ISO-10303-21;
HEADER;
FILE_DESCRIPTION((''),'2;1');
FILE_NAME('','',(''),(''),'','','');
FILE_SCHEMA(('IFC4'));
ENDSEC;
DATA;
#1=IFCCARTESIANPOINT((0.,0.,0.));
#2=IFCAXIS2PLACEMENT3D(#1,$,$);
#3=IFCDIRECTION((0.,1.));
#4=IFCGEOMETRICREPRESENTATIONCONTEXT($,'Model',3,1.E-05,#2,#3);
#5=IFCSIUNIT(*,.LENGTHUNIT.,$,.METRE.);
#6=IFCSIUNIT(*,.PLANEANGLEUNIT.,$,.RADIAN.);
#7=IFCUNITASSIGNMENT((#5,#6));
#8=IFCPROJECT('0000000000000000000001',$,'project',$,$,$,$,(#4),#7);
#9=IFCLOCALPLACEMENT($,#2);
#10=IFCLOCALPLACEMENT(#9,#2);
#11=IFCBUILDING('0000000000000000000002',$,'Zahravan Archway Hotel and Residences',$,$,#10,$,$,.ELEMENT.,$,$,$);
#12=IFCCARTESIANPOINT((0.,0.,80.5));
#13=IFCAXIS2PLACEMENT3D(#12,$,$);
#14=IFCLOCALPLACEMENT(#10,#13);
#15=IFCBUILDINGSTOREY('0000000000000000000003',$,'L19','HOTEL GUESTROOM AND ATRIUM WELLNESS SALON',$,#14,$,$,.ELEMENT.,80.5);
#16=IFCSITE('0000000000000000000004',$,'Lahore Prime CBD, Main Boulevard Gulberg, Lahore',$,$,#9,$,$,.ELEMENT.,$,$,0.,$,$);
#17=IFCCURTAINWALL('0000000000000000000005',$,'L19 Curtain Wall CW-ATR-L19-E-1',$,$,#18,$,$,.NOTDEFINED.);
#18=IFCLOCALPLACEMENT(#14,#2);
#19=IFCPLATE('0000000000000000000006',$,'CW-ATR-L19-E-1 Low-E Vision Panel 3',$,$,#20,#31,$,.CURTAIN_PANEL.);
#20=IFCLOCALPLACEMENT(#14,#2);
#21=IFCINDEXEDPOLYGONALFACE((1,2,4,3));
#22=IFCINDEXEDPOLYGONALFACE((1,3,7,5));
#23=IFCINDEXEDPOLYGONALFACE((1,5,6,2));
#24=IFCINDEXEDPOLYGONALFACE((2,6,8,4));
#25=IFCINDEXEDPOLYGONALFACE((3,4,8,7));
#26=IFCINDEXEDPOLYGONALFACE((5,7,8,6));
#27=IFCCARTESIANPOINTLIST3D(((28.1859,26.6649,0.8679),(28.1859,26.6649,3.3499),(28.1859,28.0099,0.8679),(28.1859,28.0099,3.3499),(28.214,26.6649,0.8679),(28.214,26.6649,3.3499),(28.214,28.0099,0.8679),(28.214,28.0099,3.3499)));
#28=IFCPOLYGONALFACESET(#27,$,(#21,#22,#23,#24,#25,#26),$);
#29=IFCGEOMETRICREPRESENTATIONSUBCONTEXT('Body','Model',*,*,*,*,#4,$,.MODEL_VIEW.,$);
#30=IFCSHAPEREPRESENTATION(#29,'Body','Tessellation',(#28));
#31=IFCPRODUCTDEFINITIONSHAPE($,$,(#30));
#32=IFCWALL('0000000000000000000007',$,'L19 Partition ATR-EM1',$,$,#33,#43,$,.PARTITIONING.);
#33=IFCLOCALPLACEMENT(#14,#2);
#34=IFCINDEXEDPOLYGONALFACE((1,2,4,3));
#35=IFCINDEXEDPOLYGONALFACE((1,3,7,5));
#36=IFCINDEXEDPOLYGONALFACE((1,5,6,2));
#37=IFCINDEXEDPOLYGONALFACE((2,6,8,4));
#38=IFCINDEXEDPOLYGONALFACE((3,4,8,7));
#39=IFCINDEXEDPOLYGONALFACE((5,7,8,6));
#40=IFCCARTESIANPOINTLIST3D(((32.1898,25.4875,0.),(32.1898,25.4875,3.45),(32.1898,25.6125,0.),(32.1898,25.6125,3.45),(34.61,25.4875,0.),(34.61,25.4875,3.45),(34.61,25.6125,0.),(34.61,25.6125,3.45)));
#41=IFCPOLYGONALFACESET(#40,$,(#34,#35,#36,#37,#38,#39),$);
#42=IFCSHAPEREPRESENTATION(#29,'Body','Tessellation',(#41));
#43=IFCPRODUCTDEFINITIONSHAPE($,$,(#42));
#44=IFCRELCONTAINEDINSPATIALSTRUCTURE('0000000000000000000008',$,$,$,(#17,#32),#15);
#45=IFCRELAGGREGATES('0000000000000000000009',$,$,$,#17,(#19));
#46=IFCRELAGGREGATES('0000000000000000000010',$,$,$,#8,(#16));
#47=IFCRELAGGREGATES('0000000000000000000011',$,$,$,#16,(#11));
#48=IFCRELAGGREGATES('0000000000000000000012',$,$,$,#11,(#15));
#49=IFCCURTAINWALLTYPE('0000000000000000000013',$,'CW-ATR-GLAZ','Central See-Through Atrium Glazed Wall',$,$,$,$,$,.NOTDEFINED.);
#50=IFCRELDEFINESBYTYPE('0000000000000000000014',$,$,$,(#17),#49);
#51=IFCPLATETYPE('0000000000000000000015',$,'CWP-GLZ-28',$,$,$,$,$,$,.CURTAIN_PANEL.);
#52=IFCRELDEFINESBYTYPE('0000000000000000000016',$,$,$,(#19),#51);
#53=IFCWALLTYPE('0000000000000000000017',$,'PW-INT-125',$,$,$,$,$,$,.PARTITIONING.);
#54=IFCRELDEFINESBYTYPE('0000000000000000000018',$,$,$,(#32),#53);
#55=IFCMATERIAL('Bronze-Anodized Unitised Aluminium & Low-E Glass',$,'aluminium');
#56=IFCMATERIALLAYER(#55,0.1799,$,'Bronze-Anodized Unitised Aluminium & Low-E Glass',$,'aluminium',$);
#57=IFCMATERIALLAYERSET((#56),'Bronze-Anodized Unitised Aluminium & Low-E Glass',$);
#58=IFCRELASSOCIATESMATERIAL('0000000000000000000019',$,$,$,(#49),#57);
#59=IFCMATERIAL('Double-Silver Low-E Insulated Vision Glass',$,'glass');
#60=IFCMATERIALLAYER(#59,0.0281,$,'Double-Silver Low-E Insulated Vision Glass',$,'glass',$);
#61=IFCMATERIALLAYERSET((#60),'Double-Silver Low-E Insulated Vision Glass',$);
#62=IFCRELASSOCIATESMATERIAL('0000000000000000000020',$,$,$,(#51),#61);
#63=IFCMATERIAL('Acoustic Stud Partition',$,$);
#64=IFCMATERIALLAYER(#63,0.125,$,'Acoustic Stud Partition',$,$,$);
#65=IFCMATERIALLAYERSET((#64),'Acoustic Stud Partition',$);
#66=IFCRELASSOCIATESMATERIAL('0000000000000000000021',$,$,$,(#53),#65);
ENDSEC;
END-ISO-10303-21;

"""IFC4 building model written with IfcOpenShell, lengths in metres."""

from ifc_helpers import new_model, si_unit, direction, frame, frame_2d, origin, origin_2d, place, context, subcontext, project, spatial, rectangle, extrude, source, transform, mapped, material, layer, layer_set, type_object, element, aggregate, save


model = new_model("IFC4")

# Units and contexts
model_context = context("Model", 3, precision=1e-05, world=origin(), true_north=direction((0.0, 1.0)))
body_context = subcontext(model_context, "Body", "Model", "MODEL_VIEW")
ifc_project = project(units=[si_unit("LENGTHUNIT", "METRE"), si_unit("PLANEANGLEUNIT", "RADIAN")], contexts=[model_context])

# Site, building, storey
site_placement = place(None, origin())
site = spatial("IfcSite", under=ifc_project, at=site_placement, Name="Lahore Prime CBD, Main Boulevard Gulberg, Lahore", CompositionType="ELEMENT", RefElevation=0.0)
building_placement = place(site_placement, origin())
building = spatial("IfcBuilding", under=site, at=building_placement, Name="Zahravan Archway Hotel and Residences", CompositionType="ELEMENT")
storey_placement = place(building_placement, frame((0.0, 0.0, 80.5)))
storey = spatial("IfcBuildingStorey", under=building, at=storey_placement, Name="L19", Description="HOTEL GUESTROOM AND ATRIUM WELLNESS SALON", CompositionType="ELEMENT", Elevation=80.5)

# Shared definitions
ifc_material_1 = material(Name="Bronze-Anodized Unitised Aluminium & Low-E Glass", Category="aluminium")
ifc_layer_1 = layer(ifc_material_1, 0.1799, Name="Bronze-Anodized Unitised Aluminium & Low-E Glass", Category="aluminium")
ifc_layer_set_1 = layer_set([ifc_layer_1], Name="Bronze-Anodized Unitised Aluminium & Low-E Glass")
curtain_wall_type = type_object("IfcCurtainWallType", Name="CW-ATR-GLAZ", Description="Central See-Through Atrium Glazed Wall", PredefinedType="NOTDEFINED", material=ifc_layer_set_1)

# Curtain wall
curtain_wall_1_placement = place(storey_placement, origin())
curtain_wall_1 = element("IfcCurtainWall", 1, at=curtain_wall_1_placement, inside=storey, type_object=curtain_wall_type, Name="L19 Curtain Wall CW-ATR-L19-E-1", PredefinedType="NOTDEFINED")

# Plate
ifc_material_2 = material(Name="Double-Silver Low-E Insulated Vision Glass", Category="glass")
ifc_layer_2 = layer(ifc_material_2, 0.0281, Name="Double-Silver Low-E Insulated Vision Glass", Category="glass")
ifc_layer_set_2 = layer_set([ifc_layer_2], Name="Double-Silver Low-E Insulated Vision Glass")
plate_type_1 = type_object("IfcPlateType", Name="CWP-GLZ-28", PredefinedType="CURTAIN_PANEL", material=ifc_layer_set_2)
shared_shape_1 = source(origin(), body_context, "Body", "SweptSolid", [
    extrude(rectangle(XDim=1.345, YDim=0.0281, at=origin_2d()), origin(), (0.0, 0.0, 1.0), 2.4819),
])
plate_1_placement = place(storey_placement, frame((28.2, 27.3374, 0.8679), z_axis=(0.0, 0.0, 1.0), x_axis=(0.0, 1.0, 0.0)))
plate_1 = element("IfcPlate", 2, at=plate_1_placement, type_object=plate_type_1, Name="CW-ATR-L19-E-1 Low-E Vision Panel 3", PredefinedType="CURTAIN_PANEL", context=body_context, shape_type="MappedRepresentation", body=[
    mapped(shared_shape_1, transform((0.0, 0.0, 0.0), scale=1.0)),
])
aggregate(curtain_wall_1, [plate_1])

# Wall
ifc_material_3 = material(Name="Acoustic Stud Partition")
ifc_layer_3 = layer(ifc_material_3, 0.125, Name="Acoustic Stud Partition")
ifc_layer_set_3 = layer_set([ifc_layer_3], Name="Acoustic Stud Partition")
wall_type = type_object("IfcWallType", Name="PW-INT-125", PredefinedType="PARTITIONING", material=ifc_layer_set_3)
wall_placement = place(storey_placement, frame((32.1899, 25.55, 0.0), z_axis=(0.0, 0.0, 1.0), x_axis=(1.0, 0.0, 0.0)))
element("IfcWall", 3, at=wall_placement, inside=storey, type_object=wall_type, Name="L19 Partition ATR-EM1", PredefinedType="PARTITIONING", context=body_context, shape_type="SweptSolid", body=[
    extrude(rectangle(XDim=2.4202, YDim=0.125, at=frame_2d((1.21, 0.0))), origin(), (0.0, 0.0, 1.0), 3.45),
])

save(model, "model.ifc")
